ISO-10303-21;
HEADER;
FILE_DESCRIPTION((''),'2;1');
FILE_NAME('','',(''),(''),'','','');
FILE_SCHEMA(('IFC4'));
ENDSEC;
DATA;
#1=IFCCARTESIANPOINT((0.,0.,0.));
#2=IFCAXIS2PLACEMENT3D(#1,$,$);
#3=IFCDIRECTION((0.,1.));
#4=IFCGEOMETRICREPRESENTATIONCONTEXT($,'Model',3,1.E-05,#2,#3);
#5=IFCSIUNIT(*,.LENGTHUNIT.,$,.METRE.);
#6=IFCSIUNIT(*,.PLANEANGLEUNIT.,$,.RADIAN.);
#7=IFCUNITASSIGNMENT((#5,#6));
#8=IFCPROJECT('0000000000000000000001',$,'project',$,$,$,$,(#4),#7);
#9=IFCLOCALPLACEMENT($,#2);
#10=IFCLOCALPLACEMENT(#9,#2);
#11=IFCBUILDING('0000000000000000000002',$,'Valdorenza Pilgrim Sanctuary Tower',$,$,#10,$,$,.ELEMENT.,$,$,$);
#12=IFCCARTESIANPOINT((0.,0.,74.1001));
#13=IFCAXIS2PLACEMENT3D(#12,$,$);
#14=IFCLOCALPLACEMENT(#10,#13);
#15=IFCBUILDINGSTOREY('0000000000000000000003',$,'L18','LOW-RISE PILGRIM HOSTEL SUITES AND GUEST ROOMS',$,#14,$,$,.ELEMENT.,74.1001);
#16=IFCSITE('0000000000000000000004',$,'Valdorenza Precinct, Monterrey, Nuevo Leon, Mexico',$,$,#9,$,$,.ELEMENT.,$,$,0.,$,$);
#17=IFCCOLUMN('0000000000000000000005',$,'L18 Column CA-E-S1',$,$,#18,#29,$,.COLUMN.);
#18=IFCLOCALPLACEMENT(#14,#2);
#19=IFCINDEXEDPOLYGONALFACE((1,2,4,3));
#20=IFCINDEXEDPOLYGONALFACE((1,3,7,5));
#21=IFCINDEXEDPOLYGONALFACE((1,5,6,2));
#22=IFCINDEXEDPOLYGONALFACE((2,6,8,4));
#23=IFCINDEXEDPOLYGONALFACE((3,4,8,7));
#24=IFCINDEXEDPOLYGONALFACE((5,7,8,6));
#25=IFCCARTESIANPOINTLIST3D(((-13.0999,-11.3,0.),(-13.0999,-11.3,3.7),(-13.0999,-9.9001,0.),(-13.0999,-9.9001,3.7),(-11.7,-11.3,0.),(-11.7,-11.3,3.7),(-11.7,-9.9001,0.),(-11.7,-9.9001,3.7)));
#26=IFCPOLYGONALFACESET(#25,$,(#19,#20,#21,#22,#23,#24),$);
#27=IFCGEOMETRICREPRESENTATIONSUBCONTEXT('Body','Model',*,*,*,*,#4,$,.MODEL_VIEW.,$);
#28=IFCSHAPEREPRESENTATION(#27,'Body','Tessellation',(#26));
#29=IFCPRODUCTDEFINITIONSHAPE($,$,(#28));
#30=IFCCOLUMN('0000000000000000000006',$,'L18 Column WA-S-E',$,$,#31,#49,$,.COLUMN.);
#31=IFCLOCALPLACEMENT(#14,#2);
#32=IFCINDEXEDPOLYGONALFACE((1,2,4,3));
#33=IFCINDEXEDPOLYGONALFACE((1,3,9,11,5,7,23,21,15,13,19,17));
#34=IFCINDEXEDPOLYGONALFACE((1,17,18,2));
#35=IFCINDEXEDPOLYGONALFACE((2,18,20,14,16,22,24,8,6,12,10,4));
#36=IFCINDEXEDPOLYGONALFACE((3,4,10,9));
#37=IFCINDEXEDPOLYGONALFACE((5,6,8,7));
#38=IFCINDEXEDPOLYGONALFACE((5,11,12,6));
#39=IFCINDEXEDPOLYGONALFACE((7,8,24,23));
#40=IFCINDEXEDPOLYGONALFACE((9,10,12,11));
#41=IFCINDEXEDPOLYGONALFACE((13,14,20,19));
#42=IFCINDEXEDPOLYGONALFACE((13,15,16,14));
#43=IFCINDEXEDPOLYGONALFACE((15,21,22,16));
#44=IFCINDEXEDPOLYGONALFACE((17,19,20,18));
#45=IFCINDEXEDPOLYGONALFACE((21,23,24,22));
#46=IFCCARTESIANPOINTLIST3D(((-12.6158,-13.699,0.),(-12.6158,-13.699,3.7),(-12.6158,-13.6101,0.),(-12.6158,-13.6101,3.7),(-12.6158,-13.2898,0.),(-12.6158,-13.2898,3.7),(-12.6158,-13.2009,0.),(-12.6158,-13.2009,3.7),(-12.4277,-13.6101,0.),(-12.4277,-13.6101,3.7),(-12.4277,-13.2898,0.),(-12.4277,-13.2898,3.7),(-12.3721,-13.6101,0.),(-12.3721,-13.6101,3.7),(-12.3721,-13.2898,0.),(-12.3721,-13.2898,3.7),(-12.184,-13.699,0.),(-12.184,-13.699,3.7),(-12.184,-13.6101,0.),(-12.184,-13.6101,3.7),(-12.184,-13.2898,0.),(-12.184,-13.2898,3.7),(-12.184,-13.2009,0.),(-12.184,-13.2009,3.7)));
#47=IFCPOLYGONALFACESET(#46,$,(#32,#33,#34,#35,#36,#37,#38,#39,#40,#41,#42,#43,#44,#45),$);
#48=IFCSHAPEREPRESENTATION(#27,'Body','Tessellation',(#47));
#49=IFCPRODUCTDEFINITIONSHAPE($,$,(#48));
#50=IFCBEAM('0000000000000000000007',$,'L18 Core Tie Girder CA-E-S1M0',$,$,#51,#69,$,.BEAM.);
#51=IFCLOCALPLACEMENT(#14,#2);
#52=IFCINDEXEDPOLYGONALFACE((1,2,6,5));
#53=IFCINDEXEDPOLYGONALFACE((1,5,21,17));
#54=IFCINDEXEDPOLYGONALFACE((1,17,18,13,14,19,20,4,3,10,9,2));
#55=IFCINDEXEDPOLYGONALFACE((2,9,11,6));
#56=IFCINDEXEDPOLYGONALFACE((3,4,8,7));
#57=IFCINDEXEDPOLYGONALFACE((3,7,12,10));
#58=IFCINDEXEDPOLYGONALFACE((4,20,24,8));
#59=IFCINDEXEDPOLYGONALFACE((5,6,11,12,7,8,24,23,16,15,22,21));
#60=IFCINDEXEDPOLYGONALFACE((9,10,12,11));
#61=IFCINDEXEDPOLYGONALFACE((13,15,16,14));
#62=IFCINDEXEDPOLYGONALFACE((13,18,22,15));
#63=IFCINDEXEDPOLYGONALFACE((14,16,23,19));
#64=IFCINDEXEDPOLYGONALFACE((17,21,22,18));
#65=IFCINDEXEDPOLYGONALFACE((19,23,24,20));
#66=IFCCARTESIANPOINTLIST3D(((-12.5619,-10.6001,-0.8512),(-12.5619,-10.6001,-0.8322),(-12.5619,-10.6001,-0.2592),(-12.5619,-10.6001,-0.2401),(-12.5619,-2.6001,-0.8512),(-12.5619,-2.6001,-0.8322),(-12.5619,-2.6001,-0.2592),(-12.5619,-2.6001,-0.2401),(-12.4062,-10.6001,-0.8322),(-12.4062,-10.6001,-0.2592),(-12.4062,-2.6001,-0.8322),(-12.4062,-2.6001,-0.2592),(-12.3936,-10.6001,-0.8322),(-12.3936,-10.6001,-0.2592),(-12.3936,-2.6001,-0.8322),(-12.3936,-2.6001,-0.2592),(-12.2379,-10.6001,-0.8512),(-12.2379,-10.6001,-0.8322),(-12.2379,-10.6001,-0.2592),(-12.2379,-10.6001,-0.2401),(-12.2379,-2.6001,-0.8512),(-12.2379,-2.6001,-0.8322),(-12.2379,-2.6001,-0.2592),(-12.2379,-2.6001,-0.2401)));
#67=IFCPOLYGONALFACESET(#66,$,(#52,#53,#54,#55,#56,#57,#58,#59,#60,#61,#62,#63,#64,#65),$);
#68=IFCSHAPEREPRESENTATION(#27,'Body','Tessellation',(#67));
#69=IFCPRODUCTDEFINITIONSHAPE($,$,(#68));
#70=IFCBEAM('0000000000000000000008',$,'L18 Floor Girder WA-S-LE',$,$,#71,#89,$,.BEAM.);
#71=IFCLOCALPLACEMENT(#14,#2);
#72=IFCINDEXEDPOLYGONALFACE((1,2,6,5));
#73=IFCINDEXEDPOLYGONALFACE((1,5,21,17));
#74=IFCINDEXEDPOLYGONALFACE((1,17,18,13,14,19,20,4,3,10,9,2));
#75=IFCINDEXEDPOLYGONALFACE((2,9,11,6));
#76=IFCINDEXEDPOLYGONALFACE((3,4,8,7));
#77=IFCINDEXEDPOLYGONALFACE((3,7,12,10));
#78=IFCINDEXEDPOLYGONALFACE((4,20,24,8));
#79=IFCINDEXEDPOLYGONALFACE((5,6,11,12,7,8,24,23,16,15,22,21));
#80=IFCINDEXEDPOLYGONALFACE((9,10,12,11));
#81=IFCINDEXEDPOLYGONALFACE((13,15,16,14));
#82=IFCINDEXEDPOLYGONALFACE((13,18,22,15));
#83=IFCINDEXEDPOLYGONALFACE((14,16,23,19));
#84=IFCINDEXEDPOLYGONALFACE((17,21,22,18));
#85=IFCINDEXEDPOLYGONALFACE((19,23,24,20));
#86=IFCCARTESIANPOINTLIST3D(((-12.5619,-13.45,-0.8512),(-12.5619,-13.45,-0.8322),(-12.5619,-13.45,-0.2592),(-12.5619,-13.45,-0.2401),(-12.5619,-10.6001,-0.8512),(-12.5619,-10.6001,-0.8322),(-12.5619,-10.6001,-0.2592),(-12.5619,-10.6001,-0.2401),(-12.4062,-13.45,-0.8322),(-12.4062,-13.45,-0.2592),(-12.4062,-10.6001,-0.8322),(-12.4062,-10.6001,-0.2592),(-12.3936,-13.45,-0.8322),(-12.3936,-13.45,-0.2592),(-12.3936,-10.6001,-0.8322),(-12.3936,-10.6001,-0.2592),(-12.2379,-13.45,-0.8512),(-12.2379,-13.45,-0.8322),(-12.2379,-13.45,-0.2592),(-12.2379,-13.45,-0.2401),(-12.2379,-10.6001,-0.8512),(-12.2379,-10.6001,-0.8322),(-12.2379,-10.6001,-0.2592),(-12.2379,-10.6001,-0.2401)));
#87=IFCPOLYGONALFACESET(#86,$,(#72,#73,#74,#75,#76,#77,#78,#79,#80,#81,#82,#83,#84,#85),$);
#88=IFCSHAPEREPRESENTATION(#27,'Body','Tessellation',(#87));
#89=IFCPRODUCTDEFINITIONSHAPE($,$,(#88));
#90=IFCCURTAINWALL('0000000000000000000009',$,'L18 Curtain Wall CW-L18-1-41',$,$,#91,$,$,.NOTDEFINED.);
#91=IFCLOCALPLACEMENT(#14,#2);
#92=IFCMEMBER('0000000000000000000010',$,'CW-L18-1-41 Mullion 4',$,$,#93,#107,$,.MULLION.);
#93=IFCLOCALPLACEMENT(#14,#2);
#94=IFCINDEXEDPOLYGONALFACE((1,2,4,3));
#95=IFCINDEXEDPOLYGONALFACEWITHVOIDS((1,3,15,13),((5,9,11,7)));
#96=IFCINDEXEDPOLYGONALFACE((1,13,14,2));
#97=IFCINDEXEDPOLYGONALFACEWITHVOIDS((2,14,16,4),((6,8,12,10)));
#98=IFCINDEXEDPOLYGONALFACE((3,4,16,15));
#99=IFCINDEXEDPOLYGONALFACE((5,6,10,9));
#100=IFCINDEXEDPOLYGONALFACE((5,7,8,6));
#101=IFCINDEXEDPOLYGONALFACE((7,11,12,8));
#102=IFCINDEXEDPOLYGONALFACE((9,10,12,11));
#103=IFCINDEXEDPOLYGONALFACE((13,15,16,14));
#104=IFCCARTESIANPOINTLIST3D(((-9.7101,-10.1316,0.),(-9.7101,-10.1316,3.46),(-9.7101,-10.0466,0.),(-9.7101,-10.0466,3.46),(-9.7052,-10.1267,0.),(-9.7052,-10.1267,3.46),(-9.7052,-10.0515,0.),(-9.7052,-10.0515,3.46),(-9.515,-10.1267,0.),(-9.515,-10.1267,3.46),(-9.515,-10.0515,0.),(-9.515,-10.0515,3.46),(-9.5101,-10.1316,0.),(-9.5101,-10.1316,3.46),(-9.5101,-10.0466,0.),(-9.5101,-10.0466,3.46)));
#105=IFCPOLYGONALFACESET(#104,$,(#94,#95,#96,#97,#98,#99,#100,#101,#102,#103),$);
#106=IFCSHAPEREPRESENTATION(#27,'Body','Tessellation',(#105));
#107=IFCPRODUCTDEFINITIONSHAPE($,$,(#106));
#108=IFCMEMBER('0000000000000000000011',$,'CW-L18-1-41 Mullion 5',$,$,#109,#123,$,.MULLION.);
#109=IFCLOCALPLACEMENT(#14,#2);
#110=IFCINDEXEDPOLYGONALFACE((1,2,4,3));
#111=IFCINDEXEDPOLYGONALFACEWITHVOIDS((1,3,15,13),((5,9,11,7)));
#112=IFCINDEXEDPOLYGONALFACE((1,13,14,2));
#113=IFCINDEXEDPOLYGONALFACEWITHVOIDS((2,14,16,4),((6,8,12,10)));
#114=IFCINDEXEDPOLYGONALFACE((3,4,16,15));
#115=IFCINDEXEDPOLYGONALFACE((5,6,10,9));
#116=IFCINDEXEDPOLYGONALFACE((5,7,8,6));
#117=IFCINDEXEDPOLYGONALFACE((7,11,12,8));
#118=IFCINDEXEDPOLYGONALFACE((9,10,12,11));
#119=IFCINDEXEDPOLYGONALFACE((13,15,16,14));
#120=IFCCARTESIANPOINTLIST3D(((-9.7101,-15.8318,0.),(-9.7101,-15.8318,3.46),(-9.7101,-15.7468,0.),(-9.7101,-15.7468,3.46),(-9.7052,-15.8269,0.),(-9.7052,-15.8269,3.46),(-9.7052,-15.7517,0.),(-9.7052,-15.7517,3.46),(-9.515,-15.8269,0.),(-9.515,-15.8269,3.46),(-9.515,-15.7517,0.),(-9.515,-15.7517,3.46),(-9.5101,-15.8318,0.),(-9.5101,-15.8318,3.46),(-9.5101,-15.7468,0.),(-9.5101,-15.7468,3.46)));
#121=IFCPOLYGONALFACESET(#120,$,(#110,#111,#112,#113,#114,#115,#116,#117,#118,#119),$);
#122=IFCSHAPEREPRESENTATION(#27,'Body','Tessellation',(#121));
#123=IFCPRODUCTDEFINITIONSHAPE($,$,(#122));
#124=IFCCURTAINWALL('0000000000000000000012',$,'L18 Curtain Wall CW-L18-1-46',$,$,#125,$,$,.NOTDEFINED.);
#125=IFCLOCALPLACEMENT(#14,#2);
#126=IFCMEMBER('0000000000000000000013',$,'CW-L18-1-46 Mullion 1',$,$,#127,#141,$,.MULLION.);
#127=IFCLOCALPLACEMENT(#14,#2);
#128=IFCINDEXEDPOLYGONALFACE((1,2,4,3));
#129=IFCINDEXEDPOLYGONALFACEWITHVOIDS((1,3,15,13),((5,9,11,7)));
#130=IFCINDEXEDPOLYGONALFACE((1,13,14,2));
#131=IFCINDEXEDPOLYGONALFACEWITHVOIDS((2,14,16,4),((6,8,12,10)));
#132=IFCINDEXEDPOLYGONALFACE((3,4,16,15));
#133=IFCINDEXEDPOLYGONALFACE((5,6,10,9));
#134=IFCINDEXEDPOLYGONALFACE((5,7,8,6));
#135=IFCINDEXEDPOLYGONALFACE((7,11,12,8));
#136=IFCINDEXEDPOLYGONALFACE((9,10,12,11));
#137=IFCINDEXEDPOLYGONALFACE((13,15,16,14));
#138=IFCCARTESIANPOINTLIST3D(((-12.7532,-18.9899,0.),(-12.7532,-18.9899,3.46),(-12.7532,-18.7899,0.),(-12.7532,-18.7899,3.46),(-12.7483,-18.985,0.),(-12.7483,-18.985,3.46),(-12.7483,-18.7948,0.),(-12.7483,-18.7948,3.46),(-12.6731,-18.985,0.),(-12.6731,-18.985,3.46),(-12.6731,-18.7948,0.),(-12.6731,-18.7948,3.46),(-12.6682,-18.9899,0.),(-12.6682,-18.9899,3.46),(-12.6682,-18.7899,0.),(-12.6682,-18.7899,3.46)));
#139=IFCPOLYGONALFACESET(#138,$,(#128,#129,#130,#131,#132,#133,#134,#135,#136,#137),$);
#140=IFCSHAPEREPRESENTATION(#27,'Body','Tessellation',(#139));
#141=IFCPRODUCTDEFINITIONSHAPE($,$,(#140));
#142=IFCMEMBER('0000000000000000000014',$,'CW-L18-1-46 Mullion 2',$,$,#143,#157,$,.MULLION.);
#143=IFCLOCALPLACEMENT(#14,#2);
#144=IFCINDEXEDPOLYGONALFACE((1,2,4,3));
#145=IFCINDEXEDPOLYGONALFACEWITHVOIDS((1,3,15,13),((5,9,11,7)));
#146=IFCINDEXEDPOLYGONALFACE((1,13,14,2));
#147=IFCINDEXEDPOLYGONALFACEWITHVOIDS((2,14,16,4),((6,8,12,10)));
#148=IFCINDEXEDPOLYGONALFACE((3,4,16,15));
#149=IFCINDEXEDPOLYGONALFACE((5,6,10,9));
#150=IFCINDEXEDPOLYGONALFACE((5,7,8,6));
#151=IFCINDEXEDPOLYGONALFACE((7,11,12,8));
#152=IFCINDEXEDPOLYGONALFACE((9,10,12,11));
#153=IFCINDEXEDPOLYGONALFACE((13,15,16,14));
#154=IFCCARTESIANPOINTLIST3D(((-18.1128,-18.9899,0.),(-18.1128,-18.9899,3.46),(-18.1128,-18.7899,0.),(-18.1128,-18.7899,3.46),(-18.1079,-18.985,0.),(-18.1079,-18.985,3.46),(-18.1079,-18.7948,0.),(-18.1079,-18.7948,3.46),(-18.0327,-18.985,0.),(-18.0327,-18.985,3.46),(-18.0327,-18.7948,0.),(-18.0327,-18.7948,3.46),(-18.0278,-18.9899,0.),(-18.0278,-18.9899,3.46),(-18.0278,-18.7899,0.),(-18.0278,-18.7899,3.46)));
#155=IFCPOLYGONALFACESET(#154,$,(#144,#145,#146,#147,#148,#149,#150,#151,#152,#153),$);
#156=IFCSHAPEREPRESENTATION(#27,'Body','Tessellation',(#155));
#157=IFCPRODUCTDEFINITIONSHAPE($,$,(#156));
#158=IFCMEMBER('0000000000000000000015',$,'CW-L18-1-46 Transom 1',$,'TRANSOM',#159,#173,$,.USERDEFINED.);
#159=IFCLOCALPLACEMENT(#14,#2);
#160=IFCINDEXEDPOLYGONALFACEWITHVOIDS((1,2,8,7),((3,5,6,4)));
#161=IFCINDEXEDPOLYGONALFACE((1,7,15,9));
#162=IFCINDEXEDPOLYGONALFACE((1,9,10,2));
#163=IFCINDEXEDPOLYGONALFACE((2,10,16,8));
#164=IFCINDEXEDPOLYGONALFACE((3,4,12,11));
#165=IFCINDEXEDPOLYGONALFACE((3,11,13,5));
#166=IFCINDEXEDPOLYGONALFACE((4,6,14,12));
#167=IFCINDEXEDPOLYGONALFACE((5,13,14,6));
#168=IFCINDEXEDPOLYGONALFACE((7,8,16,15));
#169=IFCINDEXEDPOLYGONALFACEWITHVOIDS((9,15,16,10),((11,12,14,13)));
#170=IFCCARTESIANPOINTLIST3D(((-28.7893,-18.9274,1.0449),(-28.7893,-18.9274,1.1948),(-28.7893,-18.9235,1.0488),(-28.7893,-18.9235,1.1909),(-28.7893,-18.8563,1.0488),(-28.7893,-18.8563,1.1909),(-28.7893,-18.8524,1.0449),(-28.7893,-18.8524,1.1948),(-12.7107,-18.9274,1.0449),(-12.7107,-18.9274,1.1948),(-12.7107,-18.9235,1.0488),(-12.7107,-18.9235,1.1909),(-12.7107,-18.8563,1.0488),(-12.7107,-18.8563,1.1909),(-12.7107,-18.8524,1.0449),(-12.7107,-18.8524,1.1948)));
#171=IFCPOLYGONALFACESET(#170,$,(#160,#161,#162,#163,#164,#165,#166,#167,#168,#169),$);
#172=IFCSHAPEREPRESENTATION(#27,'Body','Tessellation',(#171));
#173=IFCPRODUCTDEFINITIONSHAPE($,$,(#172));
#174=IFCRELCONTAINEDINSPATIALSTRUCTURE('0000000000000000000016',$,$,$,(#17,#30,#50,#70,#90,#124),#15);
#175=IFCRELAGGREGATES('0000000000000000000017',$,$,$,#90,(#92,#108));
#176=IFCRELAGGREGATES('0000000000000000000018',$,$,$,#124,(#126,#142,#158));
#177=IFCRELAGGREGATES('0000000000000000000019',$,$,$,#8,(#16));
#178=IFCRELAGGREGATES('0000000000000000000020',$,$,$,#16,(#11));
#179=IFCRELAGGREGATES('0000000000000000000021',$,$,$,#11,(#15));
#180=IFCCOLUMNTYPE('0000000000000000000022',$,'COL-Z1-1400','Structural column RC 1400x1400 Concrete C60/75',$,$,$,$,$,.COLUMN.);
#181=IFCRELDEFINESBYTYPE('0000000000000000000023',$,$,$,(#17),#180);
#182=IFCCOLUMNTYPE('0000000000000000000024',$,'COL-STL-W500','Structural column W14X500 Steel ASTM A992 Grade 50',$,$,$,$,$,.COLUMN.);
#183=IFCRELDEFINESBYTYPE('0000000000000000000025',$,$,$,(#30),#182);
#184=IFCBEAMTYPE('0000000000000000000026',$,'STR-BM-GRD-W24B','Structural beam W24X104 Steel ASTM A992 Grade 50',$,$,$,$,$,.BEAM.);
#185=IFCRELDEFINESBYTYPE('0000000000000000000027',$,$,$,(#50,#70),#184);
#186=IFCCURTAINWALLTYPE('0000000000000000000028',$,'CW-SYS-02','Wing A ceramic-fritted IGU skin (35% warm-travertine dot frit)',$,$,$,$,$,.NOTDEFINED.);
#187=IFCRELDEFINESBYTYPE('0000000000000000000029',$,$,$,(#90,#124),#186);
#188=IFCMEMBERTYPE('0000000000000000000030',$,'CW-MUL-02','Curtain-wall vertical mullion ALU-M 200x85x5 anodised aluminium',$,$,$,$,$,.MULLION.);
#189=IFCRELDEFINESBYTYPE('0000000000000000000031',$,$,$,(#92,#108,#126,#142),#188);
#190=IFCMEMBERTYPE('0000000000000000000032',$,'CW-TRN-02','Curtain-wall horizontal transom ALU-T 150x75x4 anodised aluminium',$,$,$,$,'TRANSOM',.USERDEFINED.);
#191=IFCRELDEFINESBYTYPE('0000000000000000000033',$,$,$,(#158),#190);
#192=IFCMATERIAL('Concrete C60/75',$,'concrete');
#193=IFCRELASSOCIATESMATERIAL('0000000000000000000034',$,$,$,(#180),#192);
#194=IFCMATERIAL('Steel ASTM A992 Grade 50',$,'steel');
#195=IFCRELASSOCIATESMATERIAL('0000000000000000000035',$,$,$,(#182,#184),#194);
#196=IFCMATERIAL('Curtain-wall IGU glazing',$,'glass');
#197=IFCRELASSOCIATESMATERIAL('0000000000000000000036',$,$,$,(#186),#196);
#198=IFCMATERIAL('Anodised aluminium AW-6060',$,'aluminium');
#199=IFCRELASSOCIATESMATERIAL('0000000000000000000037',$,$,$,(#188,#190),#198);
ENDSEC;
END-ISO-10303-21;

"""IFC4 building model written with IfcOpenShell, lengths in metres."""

from ifc_helpers import new_model, si_unit, direction, frame, origin, origin_2d, place, context, subcontext, project, spatial, rectangle, hollow_rectangle, i_section, extrude, source, transform, mapped, material, material_profile, profile_set, type_object, element, aggregate, save


model = new_model("IFC4")

# Units and contexts
model_context = context("Model", 3, precision=1e-05, world=origin(), true_north=direction((0.0, 1.0)))
body_context = subcontext(model_context, "Body", "Model", "MODEL_VIEW")
ifc_project = project(units=[si_unit("LENGTHUNIT", "METRE"), si_unit("PLANEANGLEUNIT", "RADIAN")], contexts=[model_context])

# Site, building, storey
site_placement = place(None, origin())
site = spatial("IfcSite", under=ifc_project, at=site_placement, Name="Valdorenza Precinct, Monterrey, Nuevo Leon, Mexico", CompositionType="ELEMENT", RefElevation=0.0)
building_placement = place(site_placement, origin())
building = spatial("IfcBuilding", under=site, at=building_placement, Name="Valdorenza Pilgrim Sanctuary Tower", CompositionType="ELEMENT")
storey_placement = place(building_placement, frame((0.0, 0.0, 74.1001)))
storey = spatial("IfcBuildingStorey", under=building, at=storey_placement, Name="L18", Description="LOW-RISE PILGRIM HOSTEL SUITES AND GUEST ROOMS", CompositionType="ELEMENT", Elevation=74.1001)

# Columns
ifc_material_1 = material(Name="Concrete C60/75", Category="concrete")
ifc_material_profile_1 = material_profile(ifc_material_1, rectangle(XDim=1.3999, YDim=1.3999, at=origin_2d()), Name="RC 1400x1400")
ifc_profile_set_1 = profile_set([ifc_material_profile_1], Name="Concrete C60/75")
column_type_1 = type_object("IfcColumnType", Name="COL-Z1-1400", Description="Structural column RC 1400x1400 Concrete C60/75", PredefinedType="COLUMN", material=ifc_profile_set_1)
shared_shape_1 = source(origin(), body_context, "Body", "SweptSolid", [
    extrude(rectangle(XDim=1.3999, YDim=1.3999, at=origin_2d()), origin(), (0.0, 0.0, 1.0), 3.7),
])
column_1_placement = place(storey_placement, frame((-12.3999, -10.6001, 0.0), z_axis=(0.0, 0.0, 1.0), x_axis=(1.0, 0.0, 0.0)))
element("IfcColumn", 1, at=column_1_placement, inside=storey, type_object=column_type_1, Name="L18 Column CA-E-S1", PredefinedType="COLUMN", context=body_context, shape_type="MappedRepresentation", body=[
    mapped(shared_shape_1, transform((0.0, 0.0, 0.0), x_axis=(1.0, 0.0, 0.0), y_axis=(0.0, 1.0, 0.0), z_axis=(0.0, 0.0, 1.0), scale=1.0)),
])
ifc_material_2 = material(Name="Steel ASTM A992 Grade 50", Category="steel")
ifc_material_profile_2 = material_profile(ifc_material_2, i_section(OverallWidth=0.4319, OverallDepth=0.498, WebThickness=0.0557, FlangeThickness=0.0889, at=origin_2d()), Name="W14X500")
ifc_profile_set_2 = profile_set([ifc_material_profile_2], Name="Steel ASTM A992 Grade 50")
column_type_2 = type_object("IfcColumnType", Name="COL-STL-W500", Description="Structural column W14X500 Steel ASTM A992 Grade 50", PredefinedType="COLUMN", material=ifc_profile_set_2)
shared_shape_2 = source(origin(), body_context, "Body", "SweptSolid", [
    extrude(i_section(OverallWidth=0.4319, OverallDepth=0.498, WebThickness=0.0557, FlangeThickness=0.0889, at=origin_2d()), origin(), (0.0, 0.0, 1.0), 3.7),
])
column_2_placement = place(storey_placement, frame((-12.3999, -13.45, 0.0), z_axis=(0.0, 0.0, 1.0), x_axis=(1.0, 0.0, 0.0)))
element("IfcColumn", 2, at=column_2_placement, inside=storey, type_object=column_type_2, Name="L18 Column WA-S-E", PredefinedType="COLUMN", context=body_context, shape_type="MappedRepresentation", body=[
    mapped(shared_shape_2, transform((0.0, 0.0, 0.0), x_axis=(1.0, 0.0, 0.0), y_axis=(0.0, 1.0, 0.0), z_axis=(0.0, 0.0, 1.0), scale=1.0)),
])

# Beams
ifc_material_profile_3 = material_profile(ifc_material_2, i_section(OverallWidth=0.324, OverallDepth=0.6111, WebThickness=0.0127, FlangeThickness=0.019, at=origin_2d()), Name="W24X104")
ifc_profile_set_3 = profile_set([ifc_material_profile_3], Name="Steel ASTM A992 Grade 50")
beam_type = type_object("IfcBeamType", Name="STR-BM-GRD-W24B", Description="Structural beam W24X104 Steel ASTM A992 Grade 50", PredefinedType="BEAM", material=ifc_profile_set_3)
shared_shape_3 = source(origin(), body_context, "Body", "SweptSolid", [
    extrude(i_section(OverallWidth=0.324, OverallDepth=0.6111, WebThickness=0.0127, FlangeThickness=0.019, at=origin_2d()), origin(), (0.0, 0.0, 1.0), 8.0),
])
beam_1_placement = place(storey_placement, frame((-12.3999, -10.6001, -0.5457), z_axis=(0.0, 1.0, 0.0), x_axis=(-1.0, 0.0, 0.0)))
element("IfcBeam", 3, at=beam_1_placement, inside=storey, type_object=beam_type, Name="L18 Core Tie Girder CA-E-S1M0", PredefinedType="BEAM", context=body_context, shape_type="MappedRepresentation", body=[
    mapped(shared_shape_3, transform((0.0, 0.0, 0.0), x_axis=(1.0, 0.0, 0.0), y_axis=(0.0, 1.0, 0.0), z_axis=(0.0, 0.0, 1.0), scale=1.0)),
])
shared_shape_4 = source(origin(), body_context, "Body", "SweptSolid", [
    extrude(i_section(OverallWidth=0.324, OverallDepth=0.6111, WebThickness=0.0127, FlangeThickness=0.019, at=origin_2d()), origin(), (0.0, 0.0, 1.0), 2.8499),
])
beam_2_placement = place(storey_placement, frame((-12.3999, -13.45, -0.5457), z_axis=(0.0, 1.0, 0.0), x_axis=(-1.0, 0.0, 0.0)))
element("IfcBeam", 4, at=beam_2_placement, inside=storey, type_object=beam_type, Name="L18 Floor Girder WA-S-LE", PredefinedType="BEAM", context=body_context, shape_type="MappedRepresentation", body=[
    mapped(shared_shape_4, transform((0.0, 0.0, 0.0), x_axis=(1.0, 0.0, 0.0), y_axis=(0.0, 1.0, 0.0), z_axis=(0.0, 0.0, 1.0), scale=1.0)),
])

# Curtain walls, members
ifc_material_3 = material(Name="Curtain-wall IGU glazing", Category="glass")
curtain_wall_type = type_object("IfcCurtainWallType", Name="CW-SYS-02", Description="Wing A ceramic-fritted IGU skin (35% warm-travertine dot frit)", PredefinedType="NOTDEFINED", material=ifc_material_3)
curtain_wall_1_placement = place(storey_placement, origin())
curtain_wall_1 = element("IfcCurtainWall", 5, at=curtain_wall_1_placement, inside=storey, type_object=curtain_wall_type, Name="L18 Curtain Wall CW-L18-1-41", PredefinedType="NOTDEFINED")
ifc_material_4 = material(Name="Anodised aluminium AW-6060", Category="aluminium")
ifc_material_profile_4 = material_profile(ifc_material_4, hollow_rectangle(XDim=0.085, YDim=0.2, WallThickness=0.0049, at=origin_2d()), Name="ALU-M 200x85x5")
ifc_profile_set_4 = profile_set([ifc_material_profile_4], Name="Anodised aluminium AW-6060")
member_type_1 = type_object("IfcMemberType", Name="CW-MUL-02", Description="Curtain-wall vertical mullion ALU-M 200x85x5 anodised aluminium", PredefinedType="MULLION", material=ifc_profile_set_4)
shared_shape_5 = source(origin(), body_context, "Body", "SweptSolid", [
    extrude(hollow_rectangle(XDim=0.085, YDim=0.2, WallThickness=0.0049, at=origin_2d()), origin(), (0.0, 0.0, 1.0), 3.46),
])
member_1_placement = place(storey_placement, frame((-9.6101, -10.0891, 0.0), z_axis=(0.0, 0.0, 1.0), x_axis=(0.0, -1.0, 0.0)))
member_1 = element("IfcMember", 6, at=member_1_placement, type_object=member_type_1, Name="CW-L18-1-41 Mullion 4", PredefinedType="MULLION", context=body_context, shape_type="MappedRepresentation", body=[
    mapped(shared_shape_5, transform((0.0, 0.0, 0.0), x_axis=(1.0, 0.0, 0.0), y_axis=(0.0, 1.0, 0.0), z_axis=(0.0, 0.0, 1.0), scale=1.0)),
])
member_2_placement = place(storey_placement, frame((-9.6101, -15.7893, 0.0), z_axis=(0.0, 0.0, 1.0), x_axis=(0.0, -1.0, 0.0)))
member_2 = element("IfcMember", 7, at=member_2_placement, type_object=member_type_1, Name="CW-L18-1-41 Mullion 5", PredefinedType="MULLION", context=body_context, shape_type="MappedRepresentation", body=[
    mapped(shared_shape_5, transform((0.0, 0.0, 0.0), x_axis=(1.0, 0.0, 0.0), y_axis=(0.0, 1.0, 0.0), z_axis=(0.0, 0.0, 1.0), scale=1.0)),
])
curtain_wall_2_placement = place(storey_placement, origin())
curtain_wall_2 = element("IfcCurtainWall", 8, at=curtain_wall_2_placement, inside=storey, type_object=curtain_wall_type, Name="L18 Curtain Wall CW-L18-1-46", PredefinedType="NOTDEFINED")
member_3_placement = place(storey_placement, frame((-12.7107, -18.8899, 0.0), z_axis=(0.0, 0.0, 1.0), x_axis=(-1.0, 0.0, 0.0)))
member_3 = element("IfcMember", 9, at=member_3_placement, type_object=member_type_1, Name="CW-L18-1-46 Mullion 1", PredefinedType="MULLION", context=body_context, shape_type="MappedRepresentation", body=[
    mapped(shared_shape_5, transform((0.0, 0.0, 0.0), x_axis=(1.0, 0.0, 0.0), y_axis=(0.0, 1.0, 0.0), z_axis=(0.0, 0.0, 1.0), scale=1.0)),
])
member_4_placement = place(storey_placement, frame((-18.0703, -18.8899, 0.0), z_axis=(0.0, 0.0, 1.0), x_axis=(-1.0, 0.0, 0.0)))
member_4 = element("IfcMember", 10, at=member_4_placement, type_object=member_type_1, Name="CW-L18-1-46 Mullion 2", PredefinedType="MULLION", context=body_context, shape_type="MappedRepresentation", body=[
    mapped(shared_shape_5, transform((0.0, 0.0, 0.0), x_axis=(1.0, 0.0, 0.0), y_axis=(0.0, 1.0, 0.0), z_axis=(0.0, 0.0, 1.0), scale=1.0)),
])
ifc_material_profile_5 = material_profile(ifc_material_4, hollow_rectangle(XDim=0.075, YDim=0.1499, WallThickness=0.0039, at=origin_2d()), Name="ALU-T 150x75x4")
ifc_profile_set_5 = profile_set([ifc_material_profile_5], Name="Anodised aluminium AW-6060")
member_type_2 = type_object("IfcMemberType", Name="CW-TRN-02", Description="Curtain-wall horizontal transom ALU-T 150x75x4 anodised aluminium", ElementType="TRANSOM", PredefinedType="USERDEFINED", material=ifc_profile_set_5)
shared_shape_6 = source(origin(), body_context, "Body", "SweptSolid", [
    extrude(hollow_rectangle(XDim=0.075, YDim=0.1499, WallThickness=0.0039, at=origin_2d()), origin(), (0.0, 0.0, 1.0), 16.0786),
])
member_5_placement = place(storey_placement, frame((-12.7107, -18.8899, 1.1199), z_axis=(-1.0, 0.0, 0.0), x_axis=(0.0, -1.0, 0.0)))
member_5 = element("IfcMember", 11, at=member_5_placement, type_object=member_type_2, Name="CW-L18-1-46 Transom 1", ObjectType="TRANSOM", PredefinedType="USERDEFINED", context=body_context, shape_type="MappedRepresentation", body=[
    mapped(shared_shape_6, transform((0.0, 0.0, 0.0), x_axis=(1.0, 0.0, 0.0), y_axis=(0.0, 1.0, 0.0), z_axis=(0.0, 0.0, 1.0), scale=1.0)),
])

aggregate(curtain_wall_1, [member_1, member_2])
aggregate(curtain_wall_2, [member_3, member_4, member_5])

save(model, "model.ifc")
